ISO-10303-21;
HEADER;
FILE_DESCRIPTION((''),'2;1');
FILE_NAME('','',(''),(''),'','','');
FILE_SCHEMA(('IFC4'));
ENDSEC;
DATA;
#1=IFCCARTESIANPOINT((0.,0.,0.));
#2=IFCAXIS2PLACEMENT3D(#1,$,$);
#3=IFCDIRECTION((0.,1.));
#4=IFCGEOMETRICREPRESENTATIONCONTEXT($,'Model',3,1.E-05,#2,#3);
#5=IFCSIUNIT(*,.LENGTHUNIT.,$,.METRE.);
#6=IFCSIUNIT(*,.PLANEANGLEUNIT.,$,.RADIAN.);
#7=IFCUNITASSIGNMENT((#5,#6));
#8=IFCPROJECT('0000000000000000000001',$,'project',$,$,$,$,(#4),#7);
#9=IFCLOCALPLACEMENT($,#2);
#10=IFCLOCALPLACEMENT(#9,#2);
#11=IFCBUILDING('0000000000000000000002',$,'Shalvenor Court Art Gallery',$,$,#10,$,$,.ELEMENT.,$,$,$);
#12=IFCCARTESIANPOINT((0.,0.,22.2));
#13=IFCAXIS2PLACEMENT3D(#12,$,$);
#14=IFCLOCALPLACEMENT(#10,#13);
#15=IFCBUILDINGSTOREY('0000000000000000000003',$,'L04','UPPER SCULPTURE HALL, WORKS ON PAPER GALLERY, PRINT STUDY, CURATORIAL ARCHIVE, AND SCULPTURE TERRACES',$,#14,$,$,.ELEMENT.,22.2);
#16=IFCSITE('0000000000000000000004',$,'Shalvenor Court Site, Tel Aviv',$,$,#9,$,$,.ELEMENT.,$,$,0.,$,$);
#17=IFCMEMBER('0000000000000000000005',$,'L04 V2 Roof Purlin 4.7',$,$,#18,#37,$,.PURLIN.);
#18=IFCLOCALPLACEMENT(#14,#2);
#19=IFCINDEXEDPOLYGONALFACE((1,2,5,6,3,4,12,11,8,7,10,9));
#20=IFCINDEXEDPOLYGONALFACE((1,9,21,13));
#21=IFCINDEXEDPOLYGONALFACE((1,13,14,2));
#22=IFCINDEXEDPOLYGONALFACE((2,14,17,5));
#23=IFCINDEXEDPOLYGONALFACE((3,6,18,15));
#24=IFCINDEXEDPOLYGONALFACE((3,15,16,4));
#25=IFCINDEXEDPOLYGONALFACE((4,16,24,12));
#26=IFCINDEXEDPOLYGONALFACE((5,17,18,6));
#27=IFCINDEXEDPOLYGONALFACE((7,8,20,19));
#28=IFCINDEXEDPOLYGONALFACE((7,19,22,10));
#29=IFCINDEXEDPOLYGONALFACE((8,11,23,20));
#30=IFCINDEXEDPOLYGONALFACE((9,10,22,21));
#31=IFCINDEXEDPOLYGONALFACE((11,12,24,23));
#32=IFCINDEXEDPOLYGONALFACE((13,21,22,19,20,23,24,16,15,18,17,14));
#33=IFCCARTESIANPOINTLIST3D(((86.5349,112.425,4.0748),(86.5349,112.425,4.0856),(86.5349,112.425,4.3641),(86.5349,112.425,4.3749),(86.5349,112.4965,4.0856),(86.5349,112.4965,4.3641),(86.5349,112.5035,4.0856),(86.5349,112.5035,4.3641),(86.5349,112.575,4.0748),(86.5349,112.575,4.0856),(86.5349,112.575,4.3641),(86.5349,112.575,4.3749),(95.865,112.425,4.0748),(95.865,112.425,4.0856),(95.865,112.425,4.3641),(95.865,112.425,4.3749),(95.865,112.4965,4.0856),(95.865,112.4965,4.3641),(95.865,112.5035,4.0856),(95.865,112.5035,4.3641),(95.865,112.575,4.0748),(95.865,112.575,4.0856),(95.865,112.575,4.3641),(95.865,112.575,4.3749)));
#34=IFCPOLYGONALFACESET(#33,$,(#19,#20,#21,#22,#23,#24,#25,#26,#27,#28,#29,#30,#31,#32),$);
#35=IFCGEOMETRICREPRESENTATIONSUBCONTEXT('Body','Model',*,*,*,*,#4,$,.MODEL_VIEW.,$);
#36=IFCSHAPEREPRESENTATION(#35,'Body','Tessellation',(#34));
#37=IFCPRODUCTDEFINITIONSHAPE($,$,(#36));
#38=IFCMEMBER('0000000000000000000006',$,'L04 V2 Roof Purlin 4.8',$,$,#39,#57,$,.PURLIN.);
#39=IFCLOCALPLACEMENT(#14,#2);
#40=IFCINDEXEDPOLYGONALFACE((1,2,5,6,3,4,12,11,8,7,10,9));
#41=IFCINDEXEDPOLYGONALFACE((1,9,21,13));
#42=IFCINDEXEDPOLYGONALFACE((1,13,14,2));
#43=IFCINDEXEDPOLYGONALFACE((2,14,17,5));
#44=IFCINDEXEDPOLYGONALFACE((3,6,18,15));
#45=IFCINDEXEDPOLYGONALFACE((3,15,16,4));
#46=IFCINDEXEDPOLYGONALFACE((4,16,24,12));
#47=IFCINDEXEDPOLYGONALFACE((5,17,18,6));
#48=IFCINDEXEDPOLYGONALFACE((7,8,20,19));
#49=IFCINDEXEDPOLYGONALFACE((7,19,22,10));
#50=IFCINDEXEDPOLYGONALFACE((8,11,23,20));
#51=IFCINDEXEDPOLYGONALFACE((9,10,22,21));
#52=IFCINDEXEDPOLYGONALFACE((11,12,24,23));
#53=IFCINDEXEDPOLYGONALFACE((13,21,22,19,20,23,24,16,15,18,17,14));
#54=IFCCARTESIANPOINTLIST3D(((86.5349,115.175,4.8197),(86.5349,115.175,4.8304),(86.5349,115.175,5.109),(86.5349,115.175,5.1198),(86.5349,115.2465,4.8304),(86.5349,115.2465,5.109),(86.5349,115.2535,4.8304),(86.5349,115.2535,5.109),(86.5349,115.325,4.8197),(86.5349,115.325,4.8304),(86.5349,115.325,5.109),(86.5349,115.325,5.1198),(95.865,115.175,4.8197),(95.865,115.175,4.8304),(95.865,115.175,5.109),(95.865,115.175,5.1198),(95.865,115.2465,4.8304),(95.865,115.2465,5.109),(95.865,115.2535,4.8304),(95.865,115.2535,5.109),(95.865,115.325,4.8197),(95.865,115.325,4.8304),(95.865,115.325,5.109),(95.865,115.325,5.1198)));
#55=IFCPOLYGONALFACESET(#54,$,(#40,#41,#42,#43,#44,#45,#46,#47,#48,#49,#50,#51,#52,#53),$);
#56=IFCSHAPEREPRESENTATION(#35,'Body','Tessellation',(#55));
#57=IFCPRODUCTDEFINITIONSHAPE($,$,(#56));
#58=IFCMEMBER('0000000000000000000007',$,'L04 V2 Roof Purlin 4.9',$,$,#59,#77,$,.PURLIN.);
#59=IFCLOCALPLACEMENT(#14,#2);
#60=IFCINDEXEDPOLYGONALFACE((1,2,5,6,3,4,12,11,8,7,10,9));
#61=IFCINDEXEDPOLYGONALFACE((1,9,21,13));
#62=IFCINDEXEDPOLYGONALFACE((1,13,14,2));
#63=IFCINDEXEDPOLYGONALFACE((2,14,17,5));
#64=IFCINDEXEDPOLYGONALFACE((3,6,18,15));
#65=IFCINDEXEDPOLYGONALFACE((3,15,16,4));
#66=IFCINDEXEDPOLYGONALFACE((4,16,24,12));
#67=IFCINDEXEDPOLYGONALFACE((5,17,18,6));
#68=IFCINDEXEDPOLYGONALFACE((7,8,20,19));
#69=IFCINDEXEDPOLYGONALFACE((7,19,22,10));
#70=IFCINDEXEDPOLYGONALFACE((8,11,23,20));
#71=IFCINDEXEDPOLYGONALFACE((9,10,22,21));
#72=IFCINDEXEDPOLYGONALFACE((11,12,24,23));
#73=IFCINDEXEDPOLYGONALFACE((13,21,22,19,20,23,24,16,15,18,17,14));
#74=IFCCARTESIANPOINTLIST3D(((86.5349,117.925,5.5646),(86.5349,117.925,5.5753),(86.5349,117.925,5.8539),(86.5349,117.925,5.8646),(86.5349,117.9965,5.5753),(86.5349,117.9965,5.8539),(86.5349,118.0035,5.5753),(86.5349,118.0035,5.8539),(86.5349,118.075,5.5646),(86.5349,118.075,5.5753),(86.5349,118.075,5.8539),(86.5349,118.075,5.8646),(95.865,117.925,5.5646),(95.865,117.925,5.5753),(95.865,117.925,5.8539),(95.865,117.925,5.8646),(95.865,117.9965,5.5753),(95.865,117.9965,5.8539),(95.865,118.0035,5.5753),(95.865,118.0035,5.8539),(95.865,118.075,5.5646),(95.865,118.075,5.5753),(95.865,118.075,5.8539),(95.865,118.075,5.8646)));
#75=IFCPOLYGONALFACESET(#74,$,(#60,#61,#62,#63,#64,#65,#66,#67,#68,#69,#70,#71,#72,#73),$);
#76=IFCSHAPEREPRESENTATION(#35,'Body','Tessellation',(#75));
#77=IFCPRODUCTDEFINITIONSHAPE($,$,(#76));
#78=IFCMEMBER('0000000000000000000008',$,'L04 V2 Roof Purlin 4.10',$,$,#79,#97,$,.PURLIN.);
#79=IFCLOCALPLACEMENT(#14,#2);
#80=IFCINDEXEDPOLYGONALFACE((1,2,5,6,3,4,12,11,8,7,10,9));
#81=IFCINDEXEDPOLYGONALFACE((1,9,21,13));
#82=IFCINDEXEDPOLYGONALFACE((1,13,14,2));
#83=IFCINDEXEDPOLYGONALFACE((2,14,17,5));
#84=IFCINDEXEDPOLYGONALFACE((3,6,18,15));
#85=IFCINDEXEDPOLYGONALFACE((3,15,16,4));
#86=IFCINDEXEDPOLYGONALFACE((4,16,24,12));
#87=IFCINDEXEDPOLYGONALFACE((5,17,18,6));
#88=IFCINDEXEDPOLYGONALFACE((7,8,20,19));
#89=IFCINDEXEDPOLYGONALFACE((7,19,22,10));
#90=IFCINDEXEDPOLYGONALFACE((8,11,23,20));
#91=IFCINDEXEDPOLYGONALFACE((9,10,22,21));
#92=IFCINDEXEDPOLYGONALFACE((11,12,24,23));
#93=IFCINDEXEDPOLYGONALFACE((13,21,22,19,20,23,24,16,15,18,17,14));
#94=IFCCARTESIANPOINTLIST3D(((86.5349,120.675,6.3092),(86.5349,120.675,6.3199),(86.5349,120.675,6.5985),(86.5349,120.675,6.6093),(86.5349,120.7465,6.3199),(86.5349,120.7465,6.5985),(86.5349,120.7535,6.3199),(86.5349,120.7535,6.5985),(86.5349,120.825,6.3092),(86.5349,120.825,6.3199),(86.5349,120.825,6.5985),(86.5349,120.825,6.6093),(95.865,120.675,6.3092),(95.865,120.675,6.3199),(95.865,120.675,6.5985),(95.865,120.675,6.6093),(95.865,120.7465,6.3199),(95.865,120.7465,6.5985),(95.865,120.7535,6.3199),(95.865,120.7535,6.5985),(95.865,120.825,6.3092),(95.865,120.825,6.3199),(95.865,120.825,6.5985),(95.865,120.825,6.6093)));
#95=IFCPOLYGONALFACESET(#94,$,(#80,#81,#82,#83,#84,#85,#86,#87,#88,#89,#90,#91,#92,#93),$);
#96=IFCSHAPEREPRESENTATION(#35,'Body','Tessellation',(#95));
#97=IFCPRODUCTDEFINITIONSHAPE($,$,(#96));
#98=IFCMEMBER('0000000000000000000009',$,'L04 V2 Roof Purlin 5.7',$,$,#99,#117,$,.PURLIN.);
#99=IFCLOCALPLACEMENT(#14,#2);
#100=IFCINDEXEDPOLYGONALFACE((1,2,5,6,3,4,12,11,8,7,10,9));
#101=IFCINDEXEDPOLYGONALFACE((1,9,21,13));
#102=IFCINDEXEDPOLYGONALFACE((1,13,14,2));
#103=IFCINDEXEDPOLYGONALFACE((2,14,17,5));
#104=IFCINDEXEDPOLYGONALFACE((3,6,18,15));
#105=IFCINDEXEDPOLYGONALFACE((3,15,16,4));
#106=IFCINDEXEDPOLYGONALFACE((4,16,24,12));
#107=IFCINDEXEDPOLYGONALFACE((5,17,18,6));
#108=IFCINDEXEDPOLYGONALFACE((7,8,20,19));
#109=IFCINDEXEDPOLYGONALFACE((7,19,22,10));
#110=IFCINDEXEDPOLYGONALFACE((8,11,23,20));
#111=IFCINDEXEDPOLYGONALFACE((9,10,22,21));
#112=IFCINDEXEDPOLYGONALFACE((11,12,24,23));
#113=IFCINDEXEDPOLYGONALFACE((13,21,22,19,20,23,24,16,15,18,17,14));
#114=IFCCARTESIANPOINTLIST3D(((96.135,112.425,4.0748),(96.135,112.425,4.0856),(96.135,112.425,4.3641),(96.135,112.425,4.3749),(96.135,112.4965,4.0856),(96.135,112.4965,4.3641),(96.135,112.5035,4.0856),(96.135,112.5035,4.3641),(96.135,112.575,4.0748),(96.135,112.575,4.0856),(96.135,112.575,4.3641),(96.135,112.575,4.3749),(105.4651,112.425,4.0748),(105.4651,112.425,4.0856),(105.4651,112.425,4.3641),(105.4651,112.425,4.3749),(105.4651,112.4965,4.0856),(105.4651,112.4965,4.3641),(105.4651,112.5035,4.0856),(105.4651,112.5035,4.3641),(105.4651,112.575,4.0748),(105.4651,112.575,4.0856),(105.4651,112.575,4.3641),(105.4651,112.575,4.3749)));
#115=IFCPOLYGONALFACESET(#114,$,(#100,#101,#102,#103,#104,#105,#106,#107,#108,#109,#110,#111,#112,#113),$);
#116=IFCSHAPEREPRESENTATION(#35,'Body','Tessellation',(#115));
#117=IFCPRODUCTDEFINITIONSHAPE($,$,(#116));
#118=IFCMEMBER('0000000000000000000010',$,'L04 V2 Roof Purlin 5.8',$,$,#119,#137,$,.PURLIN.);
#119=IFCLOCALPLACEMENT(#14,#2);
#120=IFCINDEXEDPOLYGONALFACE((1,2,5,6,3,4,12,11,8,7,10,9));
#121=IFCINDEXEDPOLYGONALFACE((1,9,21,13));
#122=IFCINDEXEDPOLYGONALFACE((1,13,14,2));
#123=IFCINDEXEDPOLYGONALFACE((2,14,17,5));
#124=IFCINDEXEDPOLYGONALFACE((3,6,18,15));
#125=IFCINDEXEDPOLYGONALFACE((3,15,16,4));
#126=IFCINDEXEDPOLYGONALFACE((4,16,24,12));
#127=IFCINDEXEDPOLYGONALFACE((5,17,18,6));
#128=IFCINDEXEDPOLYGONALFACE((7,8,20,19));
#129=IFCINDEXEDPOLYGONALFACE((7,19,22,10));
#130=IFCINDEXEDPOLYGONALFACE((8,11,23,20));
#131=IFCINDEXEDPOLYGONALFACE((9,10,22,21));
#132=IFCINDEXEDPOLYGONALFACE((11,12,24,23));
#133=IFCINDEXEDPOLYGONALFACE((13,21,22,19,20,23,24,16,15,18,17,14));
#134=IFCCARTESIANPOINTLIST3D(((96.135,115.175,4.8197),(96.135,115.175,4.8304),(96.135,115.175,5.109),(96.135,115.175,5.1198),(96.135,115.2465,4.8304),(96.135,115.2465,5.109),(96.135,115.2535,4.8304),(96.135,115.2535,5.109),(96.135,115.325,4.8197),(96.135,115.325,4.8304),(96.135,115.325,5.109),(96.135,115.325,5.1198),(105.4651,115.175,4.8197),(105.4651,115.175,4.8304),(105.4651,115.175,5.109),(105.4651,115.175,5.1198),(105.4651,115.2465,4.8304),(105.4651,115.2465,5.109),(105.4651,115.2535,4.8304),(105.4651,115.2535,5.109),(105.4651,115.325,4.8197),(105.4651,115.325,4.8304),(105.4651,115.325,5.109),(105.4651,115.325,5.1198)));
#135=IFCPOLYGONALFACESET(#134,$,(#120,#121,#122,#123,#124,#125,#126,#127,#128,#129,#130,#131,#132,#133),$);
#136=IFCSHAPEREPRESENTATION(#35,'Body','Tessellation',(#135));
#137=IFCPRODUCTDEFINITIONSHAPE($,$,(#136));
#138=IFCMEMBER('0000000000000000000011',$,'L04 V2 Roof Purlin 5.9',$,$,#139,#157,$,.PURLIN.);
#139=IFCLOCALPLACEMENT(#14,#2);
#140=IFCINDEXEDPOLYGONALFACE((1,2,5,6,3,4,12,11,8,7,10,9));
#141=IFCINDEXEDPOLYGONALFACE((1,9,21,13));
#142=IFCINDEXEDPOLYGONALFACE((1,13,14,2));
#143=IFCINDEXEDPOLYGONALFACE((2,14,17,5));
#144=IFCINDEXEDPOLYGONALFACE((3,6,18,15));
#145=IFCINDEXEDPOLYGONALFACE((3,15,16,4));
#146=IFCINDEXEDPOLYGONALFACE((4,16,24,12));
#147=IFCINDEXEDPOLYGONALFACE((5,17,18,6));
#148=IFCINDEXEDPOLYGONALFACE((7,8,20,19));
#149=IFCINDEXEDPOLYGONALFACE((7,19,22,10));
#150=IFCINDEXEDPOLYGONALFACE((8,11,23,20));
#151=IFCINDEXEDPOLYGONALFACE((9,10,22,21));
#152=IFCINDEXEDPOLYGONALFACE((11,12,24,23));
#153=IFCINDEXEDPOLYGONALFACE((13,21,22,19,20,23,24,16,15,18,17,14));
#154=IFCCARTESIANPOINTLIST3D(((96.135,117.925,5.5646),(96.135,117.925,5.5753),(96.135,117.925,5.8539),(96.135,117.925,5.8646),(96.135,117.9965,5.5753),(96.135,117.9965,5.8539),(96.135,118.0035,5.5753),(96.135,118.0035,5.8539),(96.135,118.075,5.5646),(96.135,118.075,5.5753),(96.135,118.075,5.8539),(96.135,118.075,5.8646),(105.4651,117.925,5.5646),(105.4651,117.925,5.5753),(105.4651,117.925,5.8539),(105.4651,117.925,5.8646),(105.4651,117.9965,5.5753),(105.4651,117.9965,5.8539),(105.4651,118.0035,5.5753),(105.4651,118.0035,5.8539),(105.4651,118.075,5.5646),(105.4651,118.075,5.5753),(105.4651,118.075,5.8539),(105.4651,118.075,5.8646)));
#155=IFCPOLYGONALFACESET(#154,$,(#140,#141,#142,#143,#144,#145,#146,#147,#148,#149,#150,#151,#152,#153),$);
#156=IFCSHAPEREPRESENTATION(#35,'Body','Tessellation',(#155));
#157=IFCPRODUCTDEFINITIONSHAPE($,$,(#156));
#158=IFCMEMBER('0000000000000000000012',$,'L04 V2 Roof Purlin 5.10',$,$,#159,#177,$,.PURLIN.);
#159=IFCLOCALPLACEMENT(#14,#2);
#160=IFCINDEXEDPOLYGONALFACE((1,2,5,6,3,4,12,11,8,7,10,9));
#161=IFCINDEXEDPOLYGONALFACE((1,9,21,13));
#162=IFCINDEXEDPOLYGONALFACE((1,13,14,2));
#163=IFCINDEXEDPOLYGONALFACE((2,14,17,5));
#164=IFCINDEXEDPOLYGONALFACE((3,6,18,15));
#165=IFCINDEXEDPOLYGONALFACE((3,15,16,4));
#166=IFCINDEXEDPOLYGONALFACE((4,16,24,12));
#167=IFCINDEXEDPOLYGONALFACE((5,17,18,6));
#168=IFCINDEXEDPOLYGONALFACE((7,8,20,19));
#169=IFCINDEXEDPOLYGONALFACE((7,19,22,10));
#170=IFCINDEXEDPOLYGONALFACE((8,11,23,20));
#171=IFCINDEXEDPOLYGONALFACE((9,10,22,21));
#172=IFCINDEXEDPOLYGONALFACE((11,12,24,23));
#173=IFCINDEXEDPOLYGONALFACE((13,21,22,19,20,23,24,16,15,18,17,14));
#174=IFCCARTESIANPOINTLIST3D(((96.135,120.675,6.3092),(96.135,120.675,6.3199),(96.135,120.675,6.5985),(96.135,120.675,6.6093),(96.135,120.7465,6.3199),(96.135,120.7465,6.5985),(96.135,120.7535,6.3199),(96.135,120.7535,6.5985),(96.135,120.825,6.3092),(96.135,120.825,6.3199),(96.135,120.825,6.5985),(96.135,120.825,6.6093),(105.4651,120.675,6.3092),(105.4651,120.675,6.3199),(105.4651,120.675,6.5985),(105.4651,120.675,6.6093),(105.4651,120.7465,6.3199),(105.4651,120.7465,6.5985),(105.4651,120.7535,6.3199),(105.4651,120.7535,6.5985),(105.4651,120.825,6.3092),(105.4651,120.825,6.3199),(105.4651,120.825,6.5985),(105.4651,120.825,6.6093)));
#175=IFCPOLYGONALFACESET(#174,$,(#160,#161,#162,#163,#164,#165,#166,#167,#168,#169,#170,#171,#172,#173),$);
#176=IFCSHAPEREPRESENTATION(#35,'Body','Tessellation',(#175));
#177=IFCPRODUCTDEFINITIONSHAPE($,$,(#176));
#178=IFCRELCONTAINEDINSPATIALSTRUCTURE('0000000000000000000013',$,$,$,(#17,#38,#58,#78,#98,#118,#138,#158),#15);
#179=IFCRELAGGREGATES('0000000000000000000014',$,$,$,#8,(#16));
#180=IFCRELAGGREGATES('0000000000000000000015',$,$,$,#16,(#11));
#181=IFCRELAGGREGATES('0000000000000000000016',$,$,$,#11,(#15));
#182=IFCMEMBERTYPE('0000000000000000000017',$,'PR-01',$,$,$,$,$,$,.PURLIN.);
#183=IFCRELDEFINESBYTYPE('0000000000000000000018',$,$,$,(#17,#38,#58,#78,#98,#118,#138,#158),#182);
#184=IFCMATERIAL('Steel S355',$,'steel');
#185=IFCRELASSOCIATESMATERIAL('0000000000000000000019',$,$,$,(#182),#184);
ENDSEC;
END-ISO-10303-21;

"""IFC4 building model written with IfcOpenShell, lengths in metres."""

from ifc_helpers import new_model, si_unit, direction, frame, origin, origin_2d, place, context, subcontext, project, spatial, i_section, extrude, material, material_profile, profile_set, type_object, element, save


model = new_model("IFC4")

# Units and contexts
model_context = context("Model", 3, precision=1e-05, world=origin(), true_north=direction((0.0, 1.0)))
body_context = subcontext(model_context, "Body", "Model", "MODEL_VIEW")
ifc_project = project(units=[si_unit("LENGTHUNIT", "METRE"), si_unit("PLANEANGLEUNIT", "RADIAN")], contexts=[model_context])

# Site, building, storey
site_placement = place(None, origin())
site = spatial("IfcSite", under=ifc_project, at=site_placement, Name="Shalvenor Court Site, Tel Aviv", CompositionType="ELEMENT", RefElevation=0.0)
building_placement = place(site_placement, origin())
building = spatial("IfcBuilding", under=site, at=building_placement, Name="Shalvenor Court Art Gallery", CompositionType="ELEMENT")
storey_placement = place(building_placement, frame((0.0, 0.0, 22.2)))
storey = spatial("IfcBuildingStorey", under=building, at=storey_placement, Name="L04", Description="UPPER SCULPTURE HALL, WORKS ON PAPER GALLERY, PRINT STUDY, CURATORIAL ARCHIVE, AND SCULPTURE TERRACES", CompositionType="ELEMENT", Elevation=22.2)

# Members
ifc_material_1 = material(Name="Steel S355", Category="steel")
ifc_material_profile_1 = material_profile(ifc_material_1, i_section(OverallWidth=0.1499, OverallDepth=0.3, WebThickness=0.0071, FlangeThickness=0.0107, at=origin_2d()), Name="IPE 300")
ifc_profile_set_1 = profile_set([ifc_material_profile_1], Name="Steel S355")
member_type_1 = type_object("IfcMemberType", Name="PR-01", PredefinedType="PURLIN", material=ifc_profile_set_1)
for number, where, z_axis, x_axis, name in (
    (1, (86.5349, 112.5, 4.2249), (1.0, 0.0, 0.0), (0.0, 1.0, 0.0), "L04 V2 Roof Purlin 4.7"),
    (2, (86.5349, 115.25, 4.9697), (1.0, 0.0, 0.0), (0.0, 1.0, 0.0), "L04 V2 Roof Purlin 4.8"),
    (3, (86.5349, 118.0, 5.7146), (1.0, 0.0, 0.0), (0.0, 1.0, 0.0), "L04 V2 Roof Purlin 4.9"),
    (4, (86.5349, 120.75, 6.4592), (1.0, 0.0, 0.0), (0.0, 1.0, 0.0), "L04 V2 Roof Purlin 4.10"),
    (5, (96.135, 112.5, 4.2249), (1.0, 0.0, 0.0), (0.0, 1.0, 0.0), "L04 V2 Roof Purlin 5.7"),
    (6, (96.135, 115.25, 4.9697), (1.0, 0.0, 0.0), (0.0, 1.0, 0.0), "L04 V2 Roof Purlin 5.8"),
    (7, (96.135, 118.0, 5.7146), (1.0, 0.0, 0.0), (0.0, 1.0, 0.0), "L04 V2 Roof Purlin 5.9"),
    (8, (96.135, 120.75, 6.4592), (1.0, 0.0, 0.0), (0.0, 1.0, 0.0), "L04 V2 Roof Purlin 5.10"),
):
    element("IfcMember", number, at=place(storey_placement, frame(where, z_axis=z_axis, x_axis=x_axis)), inside=storey, type_object=member_type_1, Name=name, PredefinedType="PURLIN", context=body_context, shape_type="SweptSolid", body=[
        extrude(i_section(OverallWidth=0.1499, OverallDepth=0.3, WebThickness=0.0071, FlangeThickness=0.0107, at=origin_2d()), origin(), (0.0, 0.0, 1.0), 9.3301),
    ])

save(model, "model.ifc")
